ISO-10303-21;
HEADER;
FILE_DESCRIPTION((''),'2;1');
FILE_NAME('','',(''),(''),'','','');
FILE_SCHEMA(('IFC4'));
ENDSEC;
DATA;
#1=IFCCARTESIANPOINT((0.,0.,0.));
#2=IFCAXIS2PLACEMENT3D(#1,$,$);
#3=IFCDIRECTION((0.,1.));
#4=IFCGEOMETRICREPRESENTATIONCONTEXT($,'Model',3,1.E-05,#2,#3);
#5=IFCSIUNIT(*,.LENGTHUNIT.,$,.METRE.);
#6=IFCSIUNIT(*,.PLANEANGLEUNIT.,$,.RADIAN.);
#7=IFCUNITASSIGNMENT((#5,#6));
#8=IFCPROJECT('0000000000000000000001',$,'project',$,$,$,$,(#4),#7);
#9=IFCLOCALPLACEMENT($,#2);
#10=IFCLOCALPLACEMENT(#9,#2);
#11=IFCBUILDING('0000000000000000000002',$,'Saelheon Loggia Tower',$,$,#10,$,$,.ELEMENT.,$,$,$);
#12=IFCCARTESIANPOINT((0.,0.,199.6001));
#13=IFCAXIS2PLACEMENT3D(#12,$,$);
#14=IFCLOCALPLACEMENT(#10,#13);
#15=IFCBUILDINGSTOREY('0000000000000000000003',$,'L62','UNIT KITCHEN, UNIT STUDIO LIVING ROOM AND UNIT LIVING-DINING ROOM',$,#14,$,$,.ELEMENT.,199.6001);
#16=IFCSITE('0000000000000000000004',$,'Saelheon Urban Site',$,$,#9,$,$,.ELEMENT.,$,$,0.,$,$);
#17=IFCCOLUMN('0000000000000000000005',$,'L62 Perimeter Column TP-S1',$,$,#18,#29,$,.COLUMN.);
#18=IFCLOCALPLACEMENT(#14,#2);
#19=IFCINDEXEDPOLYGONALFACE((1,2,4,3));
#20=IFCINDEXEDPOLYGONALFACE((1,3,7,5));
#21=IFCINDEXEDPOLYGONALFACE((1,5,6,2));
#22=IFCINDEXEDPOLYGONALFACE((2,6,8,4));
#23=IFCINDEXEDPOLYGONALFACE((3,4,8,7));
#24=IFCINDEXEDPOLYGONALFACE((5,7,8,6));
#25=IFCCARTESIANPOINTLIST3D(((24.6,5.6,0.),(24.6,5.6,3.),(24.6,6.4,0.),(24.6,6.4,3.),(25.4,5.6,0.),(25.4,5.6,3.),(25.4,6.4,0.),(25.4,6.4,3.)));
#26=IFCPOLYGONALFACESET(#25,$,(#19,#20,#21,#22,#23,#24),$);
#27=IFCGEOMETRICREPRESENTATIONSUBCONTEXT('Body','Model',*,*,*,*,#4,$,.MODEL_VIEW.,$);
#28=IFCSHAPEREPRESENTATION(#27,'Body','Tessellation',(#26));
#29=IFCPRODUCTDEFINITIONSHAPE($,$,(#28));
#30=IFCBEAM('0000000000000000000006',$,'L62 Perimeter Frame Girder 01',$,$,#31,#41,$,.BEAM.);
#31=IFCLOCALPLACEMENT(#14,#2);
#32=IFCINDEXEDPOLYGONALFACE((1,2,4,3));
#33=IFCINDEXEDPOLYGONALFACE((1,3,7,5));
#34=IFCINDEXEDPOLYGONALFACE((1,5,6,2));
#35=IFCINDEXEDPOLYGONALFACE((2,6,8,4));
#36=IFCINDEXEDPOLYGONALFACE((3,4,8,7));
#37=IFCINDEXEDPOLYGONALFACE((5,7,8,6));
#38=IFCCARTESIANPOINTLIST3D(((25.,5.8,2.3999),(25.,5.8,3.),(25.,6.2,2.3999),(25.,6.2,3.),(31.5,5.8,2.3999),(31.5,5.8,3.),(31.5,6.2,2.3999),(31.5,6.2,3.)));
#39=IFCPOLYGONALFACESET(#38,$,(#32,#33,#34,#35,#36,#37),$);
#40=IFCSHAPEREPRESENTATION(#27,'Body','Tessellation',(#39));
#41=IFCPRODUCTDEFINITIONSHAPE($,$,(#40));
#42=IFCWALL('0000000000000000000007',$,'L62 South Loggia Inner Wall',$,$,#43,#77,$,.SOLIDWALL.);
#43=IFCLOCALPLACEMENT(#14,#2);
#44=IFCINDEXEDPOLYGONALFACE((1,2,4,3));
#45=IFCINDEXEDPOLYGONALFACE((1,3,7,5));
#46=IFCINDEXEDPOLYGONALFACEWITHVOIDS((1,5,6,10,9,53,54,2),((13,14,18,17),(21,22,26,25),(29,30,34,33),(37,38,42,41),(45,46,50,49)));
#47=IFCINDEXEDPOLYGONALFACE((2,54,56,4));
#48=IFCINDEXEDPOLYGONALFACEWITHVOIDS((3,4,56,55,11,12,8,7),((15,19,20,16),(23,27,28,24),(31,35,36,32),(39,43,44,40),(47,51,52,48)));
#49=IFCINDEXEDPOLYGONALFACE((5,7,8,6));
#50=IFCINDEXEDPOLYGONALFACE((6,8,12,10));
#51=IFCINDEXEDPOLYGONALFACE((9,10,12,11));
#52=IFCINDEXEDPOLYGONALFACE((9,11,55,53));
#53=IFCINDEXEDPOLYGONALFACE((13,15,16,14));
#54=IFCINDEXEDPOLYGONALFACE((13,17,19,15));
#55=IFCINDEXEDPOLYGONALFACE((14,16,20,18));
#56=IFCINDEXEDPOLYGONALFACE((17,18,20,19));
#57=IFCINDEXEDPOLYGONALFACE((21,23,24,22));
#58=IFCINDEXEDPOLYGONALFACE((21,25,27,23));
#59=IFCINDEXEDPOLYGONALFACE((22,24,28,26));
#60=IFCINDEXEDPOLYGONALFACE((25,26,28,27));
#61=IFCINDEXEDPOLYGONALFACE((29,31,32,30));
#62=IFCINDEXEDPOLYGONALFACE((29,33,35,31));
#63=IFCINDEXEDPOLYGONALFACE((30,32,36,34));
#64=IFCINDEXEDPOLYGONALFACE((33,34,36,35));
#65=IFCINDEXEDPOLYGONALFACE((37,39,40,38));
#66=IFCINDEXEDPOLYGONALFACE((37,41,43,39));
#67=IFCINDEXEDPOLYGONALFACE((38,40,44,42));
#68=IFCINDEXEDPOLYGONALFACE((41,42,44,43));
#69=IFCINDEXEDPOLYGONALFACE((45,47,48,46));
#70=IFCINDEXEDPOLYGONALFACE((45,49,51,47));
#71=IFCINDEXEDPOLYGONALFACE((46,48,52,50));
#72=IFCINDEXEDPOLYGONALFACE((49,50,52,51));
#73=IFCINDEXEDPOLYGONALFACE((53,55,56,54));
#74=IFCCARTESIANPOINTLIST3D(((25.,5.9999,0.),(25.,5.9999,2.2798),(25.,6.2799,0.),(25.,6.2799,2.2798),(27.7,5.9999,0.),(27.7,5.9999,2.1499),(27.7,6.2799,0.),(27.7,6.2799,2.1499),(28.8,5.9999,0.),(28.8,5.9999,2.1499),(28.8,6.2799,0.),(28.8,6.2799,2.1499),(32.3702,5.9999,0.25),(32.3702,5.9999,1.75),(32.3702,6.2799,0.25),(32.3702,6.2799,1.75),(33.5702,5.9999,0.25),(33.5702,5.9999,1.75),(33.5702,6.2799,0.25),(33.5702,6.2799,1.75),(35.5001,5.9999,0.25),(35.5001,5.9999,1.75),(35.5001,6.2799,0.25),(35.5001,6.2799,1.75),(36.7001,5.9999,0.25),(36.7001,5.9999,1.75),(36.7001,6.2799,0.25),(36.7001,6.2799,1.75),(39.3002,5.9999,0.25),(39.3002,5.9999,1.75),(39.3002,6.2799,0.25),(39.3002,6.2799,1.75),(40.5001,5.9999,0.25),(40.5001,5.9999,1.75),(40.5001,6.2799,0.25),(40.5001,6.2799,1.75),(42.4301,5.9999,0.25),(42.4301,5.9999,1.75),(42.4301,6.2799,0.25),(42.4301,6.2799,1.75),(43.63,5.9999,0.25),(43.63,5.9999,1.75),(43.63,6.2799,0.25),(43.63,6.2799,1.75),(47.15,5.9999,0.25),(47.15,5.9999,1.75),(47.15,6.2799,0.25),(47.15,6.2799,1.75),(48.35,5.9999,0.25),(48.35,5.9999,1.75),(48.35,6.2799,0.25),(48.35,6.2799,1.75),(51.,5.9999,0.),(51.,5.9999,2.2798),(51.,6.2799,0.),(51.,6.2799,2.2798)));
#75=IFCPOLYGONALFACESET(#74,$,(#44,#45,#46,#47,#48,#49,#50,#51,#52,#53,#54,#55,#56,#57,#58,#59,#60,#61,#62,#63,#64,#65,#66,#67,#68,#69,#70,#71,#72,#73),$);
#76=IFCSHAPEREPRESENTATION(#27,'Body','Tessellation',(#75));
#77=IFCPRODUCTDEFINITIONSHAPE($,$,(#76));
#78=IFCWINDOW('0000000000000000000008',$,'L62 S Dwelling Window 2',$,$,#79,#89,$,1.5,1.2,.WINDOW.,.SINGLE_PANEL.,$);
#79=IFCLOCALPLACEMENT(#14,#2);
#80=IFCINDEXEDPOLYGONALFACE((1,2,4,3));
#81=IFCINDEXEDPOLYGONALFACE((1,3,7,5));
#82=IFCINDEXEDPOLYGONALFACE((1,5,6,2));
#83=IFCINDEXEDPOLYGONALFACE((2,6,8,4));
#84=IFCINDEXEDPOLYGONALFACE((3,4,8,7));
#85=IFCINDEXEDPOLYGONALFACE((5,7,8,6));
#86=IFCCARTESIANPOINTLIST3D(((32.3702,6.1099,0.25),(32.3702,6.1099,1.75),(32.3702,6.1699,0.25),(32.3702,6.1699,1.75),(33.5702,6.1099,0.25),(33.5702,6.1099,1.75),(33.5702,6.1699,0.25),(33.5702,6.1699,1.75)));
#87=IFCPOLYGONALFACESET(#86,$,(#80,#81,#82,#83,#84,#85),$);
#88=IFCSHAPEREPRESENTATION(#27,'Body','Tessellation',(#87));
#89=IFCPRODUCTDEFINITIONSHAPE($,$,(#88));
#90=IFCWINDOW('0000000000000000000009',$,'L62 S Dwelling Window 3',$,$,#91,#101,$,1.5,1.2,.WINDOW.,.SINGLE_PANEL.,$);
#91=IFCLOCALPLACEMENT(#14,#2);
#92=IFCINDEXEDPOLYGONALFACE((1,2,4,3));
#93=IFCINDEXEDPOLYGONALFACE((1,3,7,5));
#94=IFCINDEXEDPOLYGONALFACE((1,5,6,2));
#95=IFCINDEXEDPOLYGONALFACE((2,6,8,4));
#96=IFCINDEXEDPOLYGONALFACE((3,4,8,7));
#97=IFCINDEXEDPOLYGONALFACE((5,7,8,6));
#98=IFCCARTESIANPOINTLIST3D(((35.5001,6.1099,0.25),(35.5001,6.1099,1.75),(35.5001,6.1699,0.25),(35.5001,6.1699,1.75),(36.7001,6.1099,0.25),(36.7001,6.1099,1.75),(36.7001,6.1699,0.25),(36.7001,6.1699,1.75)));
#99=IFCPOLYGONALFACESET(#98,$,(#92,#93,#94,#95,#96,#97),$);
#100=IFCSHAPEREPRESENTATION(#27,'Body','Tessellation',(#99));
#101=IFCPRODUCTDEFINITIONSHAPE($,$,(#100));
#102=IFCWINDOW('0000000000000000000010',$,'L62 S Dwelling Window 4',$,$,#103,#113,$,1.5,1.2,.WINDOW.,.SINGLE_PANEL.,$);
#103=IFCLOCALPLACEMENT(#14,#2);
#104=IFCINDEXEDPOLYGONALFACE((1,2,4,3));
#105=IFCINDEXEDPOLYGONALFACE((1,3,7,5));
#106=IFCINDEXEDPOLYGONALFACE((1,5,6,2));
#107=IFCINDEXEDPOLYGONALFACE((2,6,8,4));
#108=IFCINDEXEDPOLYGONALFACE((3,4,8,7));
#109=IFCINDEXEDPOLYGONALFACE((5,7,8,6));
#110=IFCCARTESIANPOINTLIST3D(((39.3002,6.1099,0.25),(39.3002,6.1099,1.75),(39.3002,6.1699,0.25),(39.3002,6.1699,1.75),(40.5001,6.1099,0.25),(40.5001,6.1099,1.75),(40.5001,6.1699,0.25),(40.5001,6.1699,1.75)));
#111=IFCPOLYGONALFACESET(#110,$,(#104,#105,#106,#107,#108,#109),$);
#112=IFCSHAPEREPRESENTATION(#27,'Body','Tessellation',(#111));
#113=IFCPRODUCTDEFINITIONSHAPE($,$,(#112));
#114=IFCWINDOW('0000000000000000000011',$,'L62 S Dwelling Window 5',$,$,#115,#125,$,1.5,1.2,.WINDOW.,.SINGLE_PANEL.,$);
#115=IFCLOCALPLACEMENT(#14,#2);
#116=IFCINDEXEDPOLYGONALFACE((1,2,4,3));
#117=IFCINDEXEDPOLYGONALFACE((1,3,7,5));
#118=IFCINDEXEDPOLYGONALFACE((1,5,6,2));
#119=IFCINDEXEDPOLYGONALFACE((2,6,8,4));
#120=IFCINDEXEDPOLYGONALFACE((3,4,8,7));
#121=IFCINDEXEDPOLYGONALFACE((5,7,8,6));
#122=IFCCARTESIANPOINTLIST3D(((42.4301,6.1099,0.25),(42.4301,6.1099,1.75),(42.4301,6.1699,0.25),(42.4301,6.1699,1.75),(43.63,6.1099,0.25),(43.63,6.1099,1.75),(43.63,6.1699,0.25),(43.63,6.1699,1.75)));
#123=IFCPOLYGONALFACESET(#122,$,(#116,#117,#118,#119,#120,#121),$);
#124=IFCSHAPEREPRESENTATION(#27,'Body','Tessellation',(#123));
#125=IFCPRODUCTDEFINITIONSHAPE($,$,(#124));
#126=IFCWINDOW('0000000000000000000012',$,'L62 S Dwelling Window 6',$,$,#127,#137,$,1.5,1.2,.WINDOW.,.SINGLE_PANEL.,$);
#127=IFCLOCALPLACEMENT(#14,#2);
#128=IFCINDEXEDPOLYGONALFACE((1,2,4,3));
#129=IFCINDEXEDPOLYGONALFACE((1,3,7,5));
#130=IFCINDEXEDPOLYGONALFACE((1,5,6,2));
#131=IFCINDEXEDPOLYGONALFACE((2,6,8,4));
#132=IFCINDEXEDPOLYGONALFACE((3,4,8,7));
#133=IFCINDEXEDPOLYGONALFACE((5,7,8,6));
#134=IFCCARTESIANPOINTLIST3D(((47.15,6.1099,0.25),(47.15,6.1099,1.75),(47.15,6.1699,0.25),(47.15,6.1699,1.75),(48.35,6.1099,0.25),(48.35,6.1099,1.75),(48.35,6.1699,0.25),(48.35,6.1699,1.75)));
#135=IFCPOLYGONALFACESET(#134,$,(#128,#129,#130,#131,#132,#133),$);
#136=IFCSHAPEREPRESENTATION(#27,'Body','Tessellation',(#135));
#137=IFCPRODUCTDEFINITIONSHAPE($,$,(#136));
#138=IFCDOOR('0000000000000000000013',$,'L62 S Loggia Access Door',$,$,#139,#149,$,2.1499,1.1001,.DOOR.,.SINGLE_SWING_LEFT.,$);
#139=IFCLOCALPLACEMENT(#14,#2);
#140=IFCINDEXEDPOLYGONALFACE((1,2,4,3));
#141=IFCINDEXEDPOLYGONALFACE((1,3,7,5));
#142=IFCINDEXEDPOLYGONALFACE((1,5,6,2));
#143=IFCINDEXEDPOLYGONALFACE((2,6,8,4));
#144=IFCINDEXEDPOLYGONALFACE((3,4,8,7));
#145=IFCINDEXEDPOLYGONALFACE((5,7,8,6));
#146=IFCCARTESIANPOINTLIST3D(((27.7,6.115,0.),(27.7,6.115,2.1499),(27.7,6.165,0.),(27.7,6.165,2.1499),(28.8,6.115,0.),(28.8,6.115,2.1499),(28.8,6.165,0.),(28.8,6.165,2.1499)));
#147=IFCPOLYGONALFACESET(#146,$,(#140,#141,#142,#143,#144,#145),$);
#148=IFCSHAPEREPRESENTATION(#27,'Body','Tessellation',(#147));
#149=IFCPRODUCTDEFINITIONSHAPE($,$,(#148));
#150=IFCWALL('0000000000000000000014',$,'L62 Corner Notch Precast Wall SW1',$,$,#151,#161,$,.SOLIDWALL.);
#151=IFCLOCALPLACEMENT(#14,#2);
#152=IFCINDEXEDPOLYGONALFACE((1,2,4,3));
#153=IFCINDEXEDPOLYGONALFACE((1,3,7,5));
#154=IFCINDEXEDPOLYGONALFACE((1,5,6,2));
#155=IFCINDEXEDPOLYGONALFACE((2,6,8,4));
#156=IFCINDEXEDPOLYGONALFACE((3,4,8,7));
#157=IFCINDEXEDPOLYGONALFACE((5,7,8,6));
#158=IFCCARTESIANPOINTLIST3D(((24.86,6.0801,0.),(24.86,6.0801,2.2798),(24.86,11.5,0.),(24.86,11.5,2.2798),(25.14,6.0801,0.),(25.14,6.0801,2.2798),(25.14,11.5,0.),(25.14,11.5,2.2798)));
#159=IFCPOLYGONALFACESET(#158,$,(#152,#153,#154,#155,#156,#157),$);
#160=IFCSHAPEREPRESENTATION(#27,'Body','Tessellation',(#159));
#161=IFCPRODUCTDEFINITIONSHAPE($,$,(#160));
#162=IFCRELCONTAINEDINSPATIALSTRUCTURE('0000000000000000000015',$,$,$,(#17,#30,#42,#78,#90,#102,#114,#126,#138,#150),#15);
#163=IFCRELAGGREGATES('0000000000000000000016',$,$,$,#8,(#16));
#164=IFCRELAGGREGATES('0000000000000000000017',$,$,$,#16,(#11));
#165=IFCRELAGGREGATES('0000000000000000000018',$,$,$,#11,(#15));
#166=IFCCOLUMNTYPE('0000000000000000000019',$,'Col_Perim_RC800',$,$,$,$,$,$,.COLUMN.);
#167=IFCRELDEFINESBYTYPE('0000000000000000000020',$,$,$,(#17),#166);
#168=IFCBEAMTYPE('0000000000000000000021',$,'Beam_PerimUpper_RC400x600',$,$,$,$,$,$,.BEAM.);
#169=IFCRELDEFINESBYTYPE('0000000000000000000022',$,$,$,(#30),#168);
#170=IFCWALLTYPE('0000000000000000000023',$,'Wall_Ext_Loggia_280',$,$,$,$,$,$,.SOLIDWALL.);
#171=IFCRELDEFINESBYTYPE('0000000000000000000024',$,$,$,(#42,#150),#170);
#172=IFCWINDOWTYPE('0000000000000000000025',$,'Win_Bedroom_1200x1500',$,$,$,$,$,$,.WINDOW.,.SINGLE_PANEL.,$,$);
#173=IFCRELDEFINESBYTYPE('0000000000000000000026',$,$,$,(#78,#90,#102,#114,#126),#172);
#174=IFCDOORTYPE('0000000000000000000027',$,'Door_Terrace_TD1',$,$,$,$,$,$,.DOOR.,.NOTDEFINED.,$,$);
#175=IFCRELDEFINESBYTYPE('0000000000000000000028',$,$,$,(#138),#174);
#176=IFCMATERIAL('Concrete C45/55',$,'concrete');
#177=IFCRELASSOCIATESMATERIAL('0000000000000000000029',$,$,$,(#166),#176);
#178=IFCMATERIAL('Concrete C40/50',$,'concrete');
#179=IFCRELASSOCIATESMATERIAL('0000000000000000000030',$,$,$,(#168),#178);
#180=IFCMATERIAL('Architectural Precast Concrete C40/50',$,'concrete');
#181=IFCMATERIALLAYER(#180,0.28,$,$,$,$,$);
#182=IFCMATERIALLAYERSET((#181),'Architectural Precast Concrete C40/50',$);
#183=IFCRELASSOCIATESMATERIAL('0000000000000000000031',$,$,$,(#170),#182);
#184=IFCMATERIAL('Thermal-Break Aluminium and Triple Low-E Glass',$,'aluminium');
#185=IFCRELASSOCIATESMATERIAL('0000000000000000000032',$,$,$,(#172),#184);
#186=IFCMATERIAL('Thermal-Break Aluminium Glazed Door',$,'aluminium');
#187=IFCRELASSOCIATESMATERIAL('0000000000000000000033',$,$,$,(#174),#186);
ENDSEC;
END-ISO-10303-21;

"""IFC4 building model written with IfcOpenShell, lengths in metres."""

from ifc_helpers import new_model, si_unit, direction, frame, frame_2d, origin, origin_2d, place, context, subcontext, project, spatial, rectangle, extrude, source, transform, mapped, material, layer, layer_set, material_profile, profile_set, type_object, element, fill, save


model = new_model("IFC4")

# Units and contexts
model_context = context("Model", 3, precision=1e-05, world=origin(), true_north=direction((0.0, 1.0)))
body_context = subcontext(model_context, "Body", "Model", "MODEL_VIEW")
ifc_project = project(units=[si_unit("LENGTHUNIT", "METRE"), si_unit("PLANEANGLEUNIT", "RADIAN")], contexts=[model_context])

# Site, building, storey
site_placement = place(None, origin())
site = spatial("IfcSite", under=ifc_project, at=site_placement, Name="Saelheon Urban Site", CompositionType="ELEMENT", RefElevation=0.0)
building_placement = place(site_placement, origin())
building = spatial("IfcBuilding", under=site, at=building_placement, Name="Saelheon Loggia Tower", CompositionType="ELEMENT")
storey_placement = place(building_placement, frame((0.0, 0.0, 199.6001)))
storey = spatial("IfcBuildingStorey", under=building, at=storey_placement, Name="L62", Description="UNIT KITCHEN, UNIT STUDIO LIVING ROOM AND UNIT LIVING-DINING ROOM", CompositionType="ELEMENT", Elevation=199.6001)

# Column
ifc_material_1 = material(Name="Concrete C45/55", Category="concrete")
ifc_material_profile_1 = material_profile(ifc_material_1, rectangle(XDim=0.8, YDim=0.8, at=origin_2d()), Name="RC-800x800")
ifc_profile_set_1 = profile_set([ifc_material_profile_1], Name="Concrete C45/55")
column_type = type_object("IfcColumnType", Name="Col_Perim_RC800", PredefinedType="COLUMN", material=ifc_profile_set_1)
shared_shape_1 = source(origin(), body_context, "Body", "SweptSolid", [
    extrude(rectangle(XDim=0.8, YDim=0.8, at=origin_2d()), origin(), (0.0, 0.0, 1.0), 3.0),
])
column_placement = place(storey_placement, frame((25.0, 6.0, 0.0), z_axis=(0.0, 0.0, 1.0), x_axis=(1.0, 0.0, 0.0)))
element("IfcColumn", 1, at=column_placement, inside=storey, type_object=column_type, Name="L62 Perimeter Column TP-S1", PredefinedType="COLUMN", context=body_context, shape_type="MappedRepresentation", body=[
    mapped(shared_shape_1, transform((0.0, 0.0, 0.0), scale=1.0)),
])

# Beam
ifc_material_2 = material(Name="Concrete C40/50", Category="concrete")
ifc_material_profile_2 = material_profile(ifc_material_2, rectangle(XDim=0.3999, YDim=0.6001, at=origin_2d()), Name="RC-400x600")
ifc_profile_set_2 = profile_set([ifc_material_profile_2], Name="Concrete C40/50")
beam_type = type_object("IfcBeamType", Name="Beam_PerimUpper_RC400x600", PredefinedType="BEAM", material=ifc_profile_set_2)
shared_shape_2 = source(origin(), body_context, "Body", "SweptSolid", [
    extrude(rectangle(XDim=0.3999, YDim=0.6001, at=origin_2d()), origin(), (0.0, 0.0, 1.0), 6.5),
])
beam_placement = place(storey_placement, frame((25.0, 6.0, 2.7), z_axis=(1.0, 0.0, 0.0), x_axis=(0.0, 1.0, 0.0)))
element("IfcBeam", 2, at=beam_placement, inside=storey, type_object=beam_type, Name="L62 Perimeter Frame Girder 01", PredefinedType="BEAM", context=body_context, shape_type="MappedRepresentation", body=[
    mapped(shared_shape_2, transform((0.0, 0.0, 0.0), scale=1.0)),
])

# Wall, openings, windows, door
ifc_material_3 = material(Name="Architectural Precast Concrete C40/50", Category="concrete")
ifc_layer = layer(ifc_material_3, 0.28)
ifc_layer_set = layer_set([ifc_layer], Name="Architectural Precast Concrete C40/50")
wall_type = type_object("IfcWallType", Name="Wall_Ext_Loggia_280", PredefinedType="SOLIDWALL", material=ifc_layer_set)
wall_1_placement = place(storey_placement, frame((25.0, 6.1399, 0.0), z_axis=(0.0, 0.0, 1.0), x_axis=(1.0, 0.0, 0.0)))
wall_1 = element("IfcWall", 3, at=wall_1_placement, inside=storey, type_object=wall_type, Name="L62 South Loggia Inner Wall", PredefinedType="SOLIDWALL", context=body_context, shape_type="SweptSolid", body=[
    extrude(rectangle(XDim=26.0, YDim=0.28, at=frame_2d((13.0, 0.0))), origin(), (0.0, 0.0, 1.0), 2.2798),
])
opening_1_placement = place(wall_1_placement, frame((3.8, 0.0, 0.0), z_axis=(0.0, 0.0, 1.0), x_axis=(-1.0, 0.0, 0.0)))
opening_1 = element("IfcOpeningElement", 4, at=opening_1_placement, cuts=wall_1, PredefinedType="OPENING", context=body_context, shape_type="SweptSolid", body=[
    extrude(rectangle(XDim=1.1001, YDim=2.1499, at=frame_2d((0.55, 1.075))), frame((0.0, 0.1521, 0.0), z_axis=(0.0, -1.0, 0.0), x_axis=(1.0, 0.0, 0.0)), (0.0, 0.0, 1.0), 0.304),
])
opening_2_placement = place(wall_1_placement, frame((7.3701, 0.0, 0.25)))
opening_2 = element("IfcOpeningElement", 5, at=opening_2_placement, cuts=wall_1, PredefinedType="OPENING", context=body_context, shape_type="SweptSolid", body=[
    extrude(rectangle(XDim=1.2, YDim=1.5, at=frame_2d((0.6001, 0.75))), frame((0.0, 0.1521, 0.0), z_axis=(0.0, -1.0, 0.0), x_axis=(1.0, 0.0, 0.0)), (0.0, 0.0, 1.0), 0.304),
])
opening_3_placement = place(wall_1_placement, frame((10.5, 0.0, 0.25)))
opening_3 = element("IfcOpeningElement", 6, at=opening_3_placement, cuts=wall_1, PredefinedType="OPENING", context=body_context, shape_type="SweptSolid", body=[
    extrude(rectangle(XDim=1.2, YDim=1.5, at=frame_2d((0.6001, 0.75))), frame((0.0, 0.1521, 0.0), z_axis=(0.0, -1.0, 0.0), x_axis=(1.0, 0.0, 0.0)), (0.0, 0.0, 1.0), 0.304),
])
opening_4_placement = place(wall_1_placement, frame((14.3, 0.0, 0.25)))
opening_4 = element("IfcOpeningElement", 7, at=opening_4_placement, cuts=wall_1, PredefinedType="OPENING", context=body_context, shape_type="SweptSolid", body=[
    extrude(rectangle(XDim=1.2, YDim=1.5, at=frame_2d((0.6001, 0.75))), frame((0.0, 0.1521, 0.0), z_axis=(0.0, -1.0, 0.0), x_axis=(1.0, 0.0, 0.0)), (0.0, 0.0, 1.0), 0.304),
])
opening_5_placement = place(wall_1_placement, frame((17.4299, 0.0, 0.25)))
opening_5 = element("IfcOpeningElement", 8, at=opening_5_placement, cuts=wall_1, PredefinedType="OPENING", context=body_context, shape_type="SweptSolid", body=[
    extrude(rectangle(XDim=1.2, YDim=1.5, at=frame_2d((0.6001, 0.75))), frame((0.0, 0.1521, 0.0), z_axis=(0.0, -1.0, 0.0), x_axis=(1.0, 0.0, 0.0)), (0.0, 0.0, 1.0), 0.304),
])
opening_6_placement = place(wall_1_placement, frame((22.1499, 0.0, 0.25)))
opening_6 = element("IfcOpeningElement", 9, at=opening_6_placement, cuts=wall_1, PredefinedType="OPENING", context=body_context, shape_type="SweptSolid", body=[
    extrude(rectangle(XDim=1.2, YDim=1.5, at=frame_2d((0.6001, 0.75))), frame((0.0, 0.1521, 0.0), z_axis=(0.0, -1.0, 0.0), x_axis=(1.0, 0.0, 0.0)), (0.0, 0.0, 1.0), 0.304),
])
ifc_material_4 = material(Name="Thermal-Break Aluminium and Triple Low-E Glass", Category="aluminium")
window_type = type_object("IfcWindowType", Name="Win_Bedroom_1200x1500", PartitioningType="SINGLE_PANEL", PredefinedType="WINDOW", material=ifc_material_4)
shared_shape_3 = source(origin(), body_context, "Body", "SweptSolid", [
    extrude(rectangle(XDim=1.2, YDim=1.5, at=frame_2d((0.6001, 0.75))), frame((0.0, 0.03, 0.0), z_axis=(0.0, -1.0, 0.0), x_axis=(1.0, 0.0, 0.0)), (0.0, 0.0, 1.0), 0.0601),
])
window_1_placement = place(opening_2_placement, origin())
window_1 = element("IfcWindow", 10, at=window_1_placement, inside=storey, type_object=window_type, Name="L62 S Dwelling Window 2", OverallHeight=1.5, OverallWidth=1.2, PartitioningType="SINGLE_PANEL", PredefinedType="WINDOW", context=body_context, shape_type="MappedRepresentation", body=[
    mapped(shared_shape_3, transform((0.0, 0.0, 0.0), scale=1.0)),
])
fill(opening_2, window_1)
window_2_placement = place(opening_3_placement, origin())
window_2 = element("IfcWindow", 11, at=window_2_placement, inside=storey, type_object=window_type, Name="L62 S Dwelling Window 3", OverallHeight=1.5, OverallWidth=1.2, PartitioningType="SINGLE_PANEL", PredefinedType="WINDOW", context=body_context, shape_type="MappedRepresentation", body=[
    mapped(shared_shape_3, transform((0.0, 0.0, 0.0), scale=1.0)),
])
fill(opening_3, window_2)
window_3_placement = place(opening_4_placement, origin())
window_3 = element("IfcWindow", 12, at=window_3_placement, inside=storey, type_object=window_type, Name="L62 S Dwelling Window 4", OverallHeight=1.5, OverallWidth=1.2, PartitioningType="SINGLE_PANEL", PredefinedType="WINDOW", context=body_context, shape_type="MappedRepresentation", body=[
    mapped(shared_shape_3, transform((0.0, 0.0, 0.0), scale=1.0)),
])
fill(opening_4, window_3)
window_4_placement = place(opening_5_placement, origin())
window_4 = element("IfcWindow", 13, at=window_4_placement, inside=storey, type_object=window_type, Name="L62 S Dwelling Window 5", OverallHeight=1.5, OverallWidth=1.2, PartitioningType="SINGLE_PANEL", PredefinedType="WINDOW", context=body_context, shape_type="MappedRepresentation", body=[
    mapped(shared_shape_3, transform((0.0, 0.0, 0.0), scale=1.0)),
])
fill(opening_5, window_4)
window_5_placement = place(opening_6_placement, origin())
window_5 = element("IfcWindow", 14, at=window_5_placement, inside=storey, type_object=window_type, Name="L62 S Dwelling Window 6", OverallHeight=1.5, OverallWidth=1.2, PartitioningType="SINGLE_PANEL", PredefinedType="WINDOW", context=body_context, shape_type="MappedRepresentation", body=[
    mapped(shared_shape_3, transform((0.0, 0.0, 0.0), scale=1.0)),
])
fill(opening_6, window_5)
ifc_material_5 = material(Name="Thermal-Break Aluminium Glazed Door", Category="aluminium")
door_type_1 = type_object("IfcDoorType", Name="Door_Terrace_TD1", OperationType="NOTDEFINED", PredefinedType="DOOR", material=ifc_material_5)
shared_shape_4 = source(origin(), body_context, "Body", "SweptSolid", [
    extrude(rectangle(XDim=1.1001, YDim=2.1499, at=frame_2d((0.55, 1.075))), frame((0.0, 0.0249, 0.0), z_axis=(0.0, -1.0, 0.0), x_axis=(1.0, 0.0, 0.0)), (0.0, 0.0, 1.0), 0.05),
])
door_1_placement = place(opening_1_placement, origin())
door_1 = element("IfcDoor", 15, at=door_1_placement, inside=storey, type_object=door_type_1, Name="L62 S Loggia Access Door", OperationType="SINGLE_SWING_LEFT", OverallHeight=2.1499, OverallWidth=1.1001, PredefinedType="DOOR", context=body_context, shape_type="MappedRepresentation", body=[
    mapped(shared_shape_4, transform((0.0, 0.0, 0.0), scale=1.0)),
])
fill(opening_1, door_1)

# Wall
for number, where, z_axis, x_axis, name in (
    (16, (25.0, 6.0801, 0.0), (0.0, 0.0, 1.0), (0.0, 1.0, 0.0), "L62 Corner Notch Precast Wall SW1"),
):
    element("IfcWall", number, at=place(storey_placement, frame(where, z_axis=z_axis, x_axis=x_axis)), inside=storey, type_object=wall_type, Name=name, PredefinedType="SOLIDWALL", context=body_context, shape_type="SweptSolid", body=[
        extrude(rectangle(XDim=5.4199, YDim=0.28, at=frame_2d((2.71, 0.0))), origin(), (0.0, 0.0, 1.0), 2.2798),
    ])

save(model, "model.ifc")
